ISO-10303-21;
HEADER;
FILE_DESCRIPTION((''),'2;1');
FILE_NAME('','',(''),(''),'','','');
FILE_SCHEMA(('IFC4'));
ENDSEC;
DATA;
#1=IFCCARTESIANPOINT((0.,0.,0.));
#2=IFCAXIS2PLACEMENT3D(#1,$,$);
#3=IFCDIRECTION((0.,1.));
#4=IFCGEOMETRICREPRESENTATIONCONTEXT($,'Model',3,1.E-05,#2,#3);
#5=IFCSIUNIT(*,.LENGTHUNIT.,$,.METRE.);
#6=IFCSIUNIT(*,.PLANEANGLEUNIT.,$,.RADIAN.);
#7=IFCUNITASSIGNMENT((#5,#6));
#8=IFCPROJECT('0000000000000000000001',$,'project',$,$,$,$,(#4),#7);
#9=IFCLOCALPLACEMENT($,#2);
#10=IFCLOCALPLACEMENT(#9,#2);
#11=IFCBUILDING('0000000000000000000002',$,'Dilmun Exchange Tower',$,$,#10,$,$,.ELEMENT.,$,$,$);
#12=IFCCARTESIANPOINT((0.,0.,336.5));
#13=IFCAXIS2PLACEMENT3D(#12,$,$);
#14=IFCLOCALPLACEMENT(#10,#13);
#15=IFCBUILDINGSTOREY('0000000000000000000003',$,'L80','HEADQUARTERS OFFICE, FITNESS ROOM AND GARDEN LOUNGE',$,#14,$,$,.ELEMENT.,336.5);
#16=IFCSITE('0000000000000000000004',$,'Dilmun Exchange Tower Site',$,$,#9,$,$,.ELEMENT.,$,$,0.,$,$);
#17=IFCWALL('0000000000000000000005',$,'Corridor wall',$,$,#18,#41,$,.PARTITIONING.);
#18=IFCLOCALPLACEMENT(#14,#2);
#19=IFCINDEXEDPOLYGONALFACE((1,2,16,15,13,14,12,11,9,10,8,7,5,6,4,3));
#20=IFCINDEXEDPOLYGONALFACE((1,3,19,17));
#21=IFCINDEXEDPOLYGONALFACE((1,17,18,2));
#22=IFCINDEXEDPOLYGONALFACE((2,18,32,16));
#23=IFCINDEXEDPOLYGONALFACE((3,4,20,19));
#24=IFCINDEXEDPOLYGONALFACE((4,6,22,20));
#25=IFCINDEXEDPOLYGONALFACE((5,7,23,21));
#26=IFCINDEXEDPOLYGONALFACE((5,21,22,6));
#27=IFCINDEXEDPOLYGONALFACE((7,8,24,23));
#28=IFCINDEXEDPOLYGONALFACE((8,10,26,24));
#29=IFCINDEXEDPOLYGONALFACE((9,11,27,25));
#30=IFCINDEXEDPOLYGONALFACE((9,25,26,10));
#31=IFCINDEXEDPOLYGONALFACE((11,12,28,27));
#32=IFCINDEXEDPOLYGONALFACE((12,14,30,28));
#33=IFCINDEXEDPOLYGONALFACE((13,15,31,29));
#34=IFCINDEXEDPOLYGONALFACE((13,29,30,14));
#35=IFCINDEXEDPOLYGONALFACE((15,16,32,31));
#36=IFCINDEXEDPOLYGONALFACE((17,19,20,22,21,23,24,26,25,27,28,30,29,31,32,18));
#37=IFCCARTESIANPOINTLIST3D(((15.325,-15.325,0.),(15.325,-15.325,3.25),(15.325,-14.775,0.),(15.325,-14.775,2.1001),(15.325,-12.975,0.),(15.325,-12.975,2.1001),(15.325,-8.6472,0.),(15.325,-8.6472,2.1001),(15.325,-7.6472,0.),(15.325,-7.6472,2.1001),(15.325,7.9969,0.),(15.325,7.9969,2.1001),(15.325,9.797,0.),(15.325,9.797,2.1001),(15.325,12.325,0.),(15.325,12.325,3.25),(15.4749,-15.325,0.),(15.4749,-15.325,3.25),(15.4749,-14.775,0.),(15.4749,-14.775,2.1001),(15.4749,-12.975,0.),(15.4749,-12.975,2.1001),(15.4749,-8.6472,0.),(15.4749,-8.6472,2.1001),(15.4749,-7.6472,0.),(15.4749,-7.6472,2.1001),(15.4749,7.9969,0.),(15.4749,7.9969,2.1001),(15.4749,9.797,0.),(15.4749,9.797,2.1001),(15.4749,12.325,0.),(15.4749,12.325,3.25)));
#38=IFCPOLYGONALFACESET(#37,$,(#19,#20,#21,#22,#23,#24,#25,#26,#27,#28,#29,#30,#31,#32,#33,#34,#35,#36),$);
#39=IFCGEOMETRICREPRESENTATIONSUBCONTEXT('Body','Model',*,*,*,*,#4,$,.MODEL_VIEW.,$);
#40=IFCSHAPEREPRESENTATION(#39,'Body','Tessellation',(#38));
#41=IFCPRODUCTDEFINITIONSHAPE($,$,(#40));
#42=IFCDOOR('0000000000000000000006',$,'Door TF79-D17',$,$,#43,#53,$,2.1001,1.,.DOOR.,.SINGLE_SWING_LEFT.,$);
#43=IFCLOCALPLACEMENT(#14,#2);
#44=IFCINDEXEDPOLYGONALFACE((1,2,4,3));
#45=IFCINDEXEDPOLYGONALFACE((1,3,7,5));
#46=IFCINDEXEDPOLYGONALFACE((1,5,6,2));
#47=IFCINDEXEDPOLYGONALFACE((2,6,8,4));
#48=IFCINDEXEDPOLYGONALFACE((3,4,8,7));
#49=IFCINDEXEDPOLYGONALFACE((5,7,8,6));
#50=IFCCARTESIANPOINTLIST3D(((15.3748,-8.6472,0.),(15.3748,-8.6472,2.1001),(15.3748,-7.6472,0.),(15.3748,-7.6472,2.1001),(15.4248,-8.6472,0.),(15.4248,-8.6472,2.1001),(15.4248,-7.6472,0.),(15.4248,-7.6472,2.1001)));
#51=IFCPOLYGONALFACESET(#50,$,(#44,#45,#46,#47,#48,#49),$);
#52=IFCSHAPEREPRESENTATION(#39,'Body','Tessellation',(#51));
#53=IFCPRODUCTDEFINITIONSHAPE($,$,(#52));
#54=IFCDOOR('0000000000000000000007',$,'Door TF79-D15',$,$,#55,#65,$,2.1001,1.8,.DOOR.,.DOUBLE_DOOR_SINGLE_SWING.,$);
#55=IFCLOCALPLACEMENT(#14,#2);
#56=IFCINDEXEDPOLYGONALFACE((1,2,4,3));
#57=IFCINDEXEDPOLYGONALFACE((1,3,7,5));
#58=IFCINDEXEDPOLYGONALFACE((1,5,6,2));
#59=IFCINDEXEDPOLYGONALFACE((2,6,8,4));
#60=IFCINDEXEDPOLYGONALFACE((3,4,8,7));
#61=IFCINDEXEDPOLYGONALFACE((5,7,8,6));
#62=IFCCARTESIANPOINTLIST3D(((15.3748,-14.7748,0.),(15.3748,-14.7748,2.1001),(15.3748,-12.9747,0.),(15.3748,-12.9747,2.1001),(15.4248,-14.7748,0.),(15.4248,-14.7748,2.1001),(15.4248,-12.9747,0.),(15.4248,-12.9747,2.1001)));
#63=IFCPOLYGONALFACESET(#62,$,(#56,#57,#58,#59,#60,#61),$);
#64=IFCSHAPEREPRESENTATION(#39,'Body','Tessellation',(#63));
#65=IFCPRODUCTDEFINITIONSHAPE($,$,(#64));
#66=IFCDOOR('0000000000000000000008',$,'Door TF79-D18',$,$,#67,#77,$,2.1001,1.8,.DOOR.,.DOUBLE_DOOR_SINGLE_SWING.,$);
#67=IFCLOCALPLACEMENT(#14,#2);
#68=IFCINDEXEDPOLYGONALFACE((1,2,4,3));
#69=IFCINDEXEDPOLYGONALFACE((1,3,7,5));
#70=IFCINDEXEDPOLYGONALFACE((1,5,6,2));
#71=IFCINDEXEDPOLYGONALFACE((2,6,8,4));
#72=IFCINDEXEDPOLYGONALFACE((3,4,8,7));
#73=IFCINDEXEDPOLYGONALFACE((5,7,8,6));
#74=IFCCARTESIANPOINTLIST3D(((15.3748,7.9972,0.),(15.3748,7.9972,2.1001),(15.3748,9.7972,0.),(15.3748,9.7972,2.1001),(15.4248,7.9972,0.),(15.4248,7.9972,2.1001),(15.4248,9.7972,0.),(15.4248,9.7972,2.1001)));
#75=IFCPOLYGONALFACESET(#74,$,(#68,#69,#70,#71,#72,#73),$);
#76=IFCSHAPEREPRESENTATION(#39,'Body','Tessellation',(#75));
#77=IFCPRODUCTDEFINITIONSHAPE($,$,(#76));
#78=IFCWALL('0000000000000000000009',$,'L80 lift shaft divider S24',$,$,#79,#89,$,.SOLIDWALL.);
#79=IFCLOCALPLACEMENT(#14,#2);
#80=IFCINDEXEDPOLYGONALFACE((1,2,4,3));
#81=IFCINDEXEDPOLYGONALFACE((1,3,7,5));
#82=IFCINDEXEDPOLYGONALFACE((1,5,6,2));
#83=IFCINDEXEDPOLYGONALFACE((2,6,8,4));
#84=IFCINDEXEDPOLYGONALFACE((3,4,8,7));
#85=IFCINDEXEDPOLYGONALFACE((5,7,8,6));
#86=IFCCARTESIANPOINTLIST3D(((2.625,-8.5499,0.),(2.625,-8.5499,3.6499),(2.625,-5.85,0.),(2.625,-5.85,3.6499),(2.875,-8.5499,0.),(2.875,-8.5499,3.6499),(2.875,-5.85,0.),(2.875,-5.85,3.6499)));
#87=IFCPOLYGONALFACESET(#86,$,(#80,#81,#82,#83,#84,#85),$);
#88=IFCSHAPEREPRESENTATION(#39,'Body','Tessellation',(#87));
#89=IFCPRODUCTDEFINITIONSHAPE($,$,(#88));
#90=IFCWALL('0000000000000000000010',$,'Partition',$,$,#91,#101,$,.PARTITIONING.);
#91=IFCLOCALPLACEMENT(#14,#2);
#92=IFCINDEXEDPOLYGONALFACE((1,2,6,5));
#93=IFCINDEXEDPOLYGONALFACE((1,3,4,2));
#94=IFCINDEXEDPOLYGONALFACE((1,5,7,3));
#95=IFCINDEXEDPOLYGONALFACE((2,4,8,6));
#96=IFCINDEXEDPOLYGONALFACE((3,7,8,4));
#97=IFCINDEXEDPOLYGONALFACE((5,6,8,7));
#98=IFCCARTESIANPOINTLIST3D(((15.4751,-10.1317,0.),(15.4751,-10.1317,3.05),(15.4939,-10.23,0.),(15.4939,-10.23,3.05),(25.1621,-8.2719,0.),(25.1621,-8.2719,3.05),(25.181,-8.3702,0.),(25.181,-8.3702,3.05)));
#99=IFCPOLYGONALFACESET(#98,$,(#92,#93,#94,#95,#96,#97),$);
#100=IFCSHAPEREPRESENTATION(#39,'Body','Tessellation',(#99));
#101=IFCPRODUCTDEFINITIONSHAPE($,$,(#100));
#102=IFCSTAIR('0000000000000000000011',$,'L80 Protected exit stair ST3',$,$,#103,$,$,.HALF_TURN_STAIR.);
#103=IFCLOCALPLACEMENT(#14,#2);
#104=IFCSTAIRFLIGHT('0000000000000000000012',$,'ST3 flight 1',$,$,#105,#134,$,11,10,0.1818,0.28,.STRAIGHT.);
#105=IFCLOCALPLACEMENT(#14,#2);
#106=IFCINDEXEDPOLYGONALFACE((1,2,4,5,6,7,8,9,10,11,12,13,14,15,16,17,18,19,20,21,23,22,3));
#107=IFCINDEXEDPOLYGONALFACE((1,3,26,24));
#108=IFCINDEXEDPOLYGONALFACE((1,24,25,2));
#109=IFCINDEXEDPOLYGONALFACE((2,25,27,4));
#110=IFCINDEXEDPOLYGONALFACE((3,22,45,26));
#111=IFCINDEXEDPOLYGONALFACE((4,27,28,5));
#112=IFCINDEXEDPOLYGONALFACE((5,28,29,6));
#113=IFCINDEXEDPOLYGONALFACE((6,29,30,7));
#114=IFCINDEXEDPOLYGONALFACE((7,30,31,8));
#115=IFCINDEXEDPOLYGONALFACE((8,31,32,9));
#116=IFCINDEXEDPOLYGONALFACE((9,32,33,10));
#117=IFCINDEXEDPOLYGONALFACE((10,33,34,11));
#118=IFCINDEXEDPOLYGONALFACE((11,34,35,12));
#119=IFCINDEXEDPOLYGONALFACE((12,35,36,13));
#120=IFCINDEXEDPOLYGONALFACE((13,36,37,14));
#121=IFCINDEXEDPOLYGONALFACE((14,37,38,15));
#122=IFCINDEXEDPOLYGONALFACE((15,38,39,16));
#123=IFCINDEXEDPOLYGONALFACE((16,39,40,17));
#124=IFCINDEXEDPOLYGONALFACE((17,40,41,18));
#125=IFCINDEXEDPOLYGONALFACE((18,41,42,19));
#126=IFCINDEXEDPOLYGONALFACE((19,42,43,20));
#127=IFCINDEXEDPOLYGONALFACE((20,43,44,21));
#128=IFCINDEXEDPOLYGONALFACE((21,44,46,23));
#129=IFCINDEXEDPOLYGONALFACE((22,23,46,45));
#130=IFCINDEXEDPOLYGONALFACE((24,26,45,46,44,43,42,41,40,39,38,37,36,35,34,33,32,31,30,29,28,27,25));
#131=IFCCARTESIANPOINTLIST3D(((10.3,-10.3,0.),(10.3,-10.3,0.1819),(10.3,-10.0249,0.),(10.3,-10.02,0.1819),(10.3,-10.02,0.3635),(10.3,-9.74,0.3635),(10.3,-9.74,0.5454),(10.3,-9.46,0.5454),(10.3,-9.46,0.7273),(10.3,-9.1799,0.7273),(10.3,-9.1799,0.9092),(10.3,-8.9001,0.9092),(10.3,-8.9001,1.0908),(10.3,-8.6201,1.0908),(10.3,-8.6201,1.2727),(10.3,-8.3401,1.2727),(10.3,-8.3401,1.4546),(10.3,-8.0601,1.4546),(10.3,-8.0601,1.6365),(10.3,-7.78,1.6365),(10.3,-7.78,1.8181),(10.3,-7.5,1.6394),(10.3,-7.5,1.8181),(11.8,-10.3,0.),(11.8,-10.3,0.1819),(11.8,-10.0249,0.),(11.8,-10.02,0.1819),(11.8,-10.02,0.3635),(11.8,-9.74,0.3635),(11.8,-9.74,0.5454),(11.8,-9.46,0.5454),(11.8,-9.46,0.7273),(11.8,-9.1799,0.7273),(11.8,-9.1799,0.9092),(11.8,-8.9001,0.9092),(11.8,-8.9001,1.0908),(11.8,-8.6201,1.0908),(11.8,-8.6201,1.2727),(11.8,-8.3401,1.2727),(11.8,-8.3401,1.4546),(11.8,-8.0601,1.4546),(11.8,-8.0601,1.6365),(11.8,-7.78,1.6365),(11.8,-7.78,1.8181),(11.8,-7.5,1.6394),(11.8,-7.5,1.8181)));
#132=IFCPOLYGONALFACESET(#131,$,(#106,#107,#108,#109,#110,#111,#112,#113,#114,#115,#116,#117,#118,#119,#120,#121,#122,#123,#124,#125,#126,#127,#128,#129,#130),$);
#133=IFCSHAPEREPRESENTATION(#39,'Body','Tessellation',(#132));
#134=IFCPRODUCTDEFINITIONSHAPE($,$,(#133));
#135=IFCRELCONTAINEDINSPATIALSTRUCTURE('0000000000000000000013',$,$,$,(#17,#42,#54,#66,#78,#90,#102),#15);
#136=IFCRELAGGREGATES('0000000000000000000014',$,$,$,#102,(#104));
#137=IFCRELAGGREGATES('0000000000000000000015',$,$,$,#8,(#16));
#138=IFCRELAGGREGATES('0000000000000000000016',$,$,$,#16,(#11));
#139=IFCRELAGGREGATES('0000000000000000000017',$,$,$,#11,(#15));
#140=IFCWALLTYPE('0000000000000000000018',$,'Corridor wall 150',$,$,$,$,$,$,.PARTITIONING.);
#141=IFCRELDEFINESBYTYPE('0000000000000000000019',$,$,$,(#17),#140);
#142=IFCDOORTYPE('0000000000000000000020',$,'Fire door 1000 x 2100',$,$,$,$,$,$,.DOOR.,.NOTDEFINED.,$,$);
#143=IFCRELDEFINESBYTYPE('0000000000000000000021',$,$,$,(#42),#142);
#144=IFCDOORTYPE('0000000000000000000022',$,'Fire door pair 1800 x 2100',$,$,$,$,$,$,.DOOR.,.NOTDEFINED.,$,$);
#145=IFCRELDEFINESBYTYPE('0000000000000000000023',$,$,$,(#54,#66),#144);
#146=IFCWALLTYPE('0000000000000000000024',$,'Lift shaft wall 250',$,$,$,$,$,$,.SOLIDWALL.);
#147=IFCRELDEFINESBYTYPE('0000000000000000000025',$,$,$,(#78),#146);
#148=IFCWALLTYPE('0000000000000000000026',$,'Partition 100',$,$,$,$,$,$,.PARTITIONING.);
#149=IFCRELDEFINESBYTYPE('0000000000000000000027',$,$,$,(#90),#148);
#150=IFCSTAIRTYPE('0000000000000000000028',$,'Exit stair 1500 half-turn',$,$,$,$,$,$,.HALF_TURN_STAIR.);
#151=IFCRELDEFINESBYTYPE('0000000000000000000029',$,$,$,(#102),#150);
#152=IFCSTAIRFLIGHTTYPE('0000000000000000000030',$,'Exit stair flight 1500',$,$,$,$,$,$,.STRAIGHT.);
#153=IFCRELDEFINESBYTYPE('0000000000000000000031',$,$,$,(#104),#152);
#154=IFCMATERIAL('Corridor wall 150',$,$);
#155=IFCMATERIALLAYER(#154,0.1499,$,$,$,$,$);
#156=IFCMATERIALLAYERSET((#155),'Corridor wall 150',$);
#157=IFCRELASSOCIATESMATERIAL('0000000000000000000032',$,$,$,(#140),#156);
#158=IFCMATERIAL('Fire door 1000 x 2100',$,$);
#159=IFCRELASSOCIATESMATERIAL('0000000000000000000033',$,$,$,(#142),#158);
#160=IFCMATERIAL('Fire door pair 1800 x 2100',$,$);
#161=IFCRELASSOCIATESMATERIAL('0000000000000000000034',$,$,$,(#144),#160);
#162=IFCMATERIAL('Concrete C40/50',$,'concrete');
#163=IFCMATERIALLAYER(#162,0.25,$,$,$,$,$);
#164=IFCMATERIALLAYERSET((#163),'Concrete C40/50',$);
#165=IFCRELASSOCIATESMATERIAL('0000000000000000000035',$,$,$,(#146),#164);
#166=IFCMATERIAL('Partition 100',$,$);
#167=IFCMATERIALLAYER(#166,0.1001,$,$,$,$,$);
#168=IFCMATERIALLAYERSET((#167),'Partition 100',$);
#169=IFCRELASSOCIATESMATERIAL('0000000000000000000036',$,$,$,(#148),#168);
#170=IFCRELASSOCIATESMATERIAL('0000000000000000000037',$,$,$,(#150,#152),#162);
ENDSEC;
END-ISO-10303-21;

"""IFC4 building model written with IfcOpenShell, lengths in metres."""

from ifc_helpers import new_model, si_unit, direction, frame, frame_2d, origin, place, context, subcontext, project, spatial, polyline, rectangle, outline, extrude, material, layer, layer_set, type_object, element, fill, aggregate, save


model = new_model("IFC4")

# Units and contexts
model_context = context("Model", 3, precision=1e-05, world=origin(), true_north=direction((0.0, 1.0)))
body_context = subcontext(model_context, "Body", "Model", "MODEL_VIEW")
ifc_project = project(units=[si_unit("LENGTHUNIT", "METRE"), si_unit("PLANEANGLEUNIT", "RADIAN")], contexts=[model_context])

# Site, building, storey
site_placement = place(None, origin())
site = spatial("IfcSite", under=ifc_project, at=site_placement, Name="Dilmun Exchange Tower Site", CompositionType="ELEMENT", RefElevation=0.0)
building_placement = place(site_placement, origin())
building = spatial("IfcBuilding", under=site, at=building_placement, Name="Dilmun Exchange Tower", CompositionType="ELEMENT")
storey_placement = place(building_placement, frame((0.0, 0.0, 336.5)))
storey = spatial("IfcBuildingStorey", under=building, at=storey_placement, Name="L80", Description="HEADQUARTERS OFFICE, FITNESS ROOM AND GARDEN LOUNGE", CompositionType="ELEMENT", Elevation=336.5)

# Shared definitions
ifc_material_1 = material(Name="Concrete C40/50", Category="concrete")

# Shared definitions
ifc_material_2 = material(Name="Corridor wall 150")
ifc_layer_1 = layer(ifc_material_2, 0.1499)
ifc_layer_set_1 = layer_set([ifc_layer_1], Name="Corridor wall 150")
wall_type_1 = type_object("IfcWallType", Name="Corridor wall 150", PredefinedType="PARTITIONING", material=ifc_layer_set_1)
ifc_material_3 = material(Name="Fire door 1000 x 2100")
door_type_1 = type_object("IfcDoorType", Name="Fire door 1000 x 2100", OperationType="NOTDEFINED", PredefinedType="DOOR", material=ifc_material_3)

# Wall, openings, doors
wall_1_placement = place(storey_placement, frame((15.3999, -15.325, 0.0), z_axis=(0.0, 0.0, 1.0), x_axis=(0.0, 1.0, 0.0)))
wall_1 = element("IfcWall", 1, at=wall_1_placement, inside=storey, type_object=wall_type_1, Name="Corridor wall", PredefinedType="PARTITIONING", context=body_context, shape_type="SweptSolid", body=[
    extrude(rectangle(XDim=27.6499, YDim=0.1499, at=frame_2d((13.825, 0.0))), origin(), (0.0, 0.0, 1.0), 3.25),
])
opening_1_placement = place(wall_1_placement, frame((0.55, 0.0, 0.0)))
opening_1 = element("IfcOpeningElement", 2, at=opening_1_placement, cuts=wall_1, PredefinedType="OPENING", context=body_context, shape_type="SweptSolid", body=[
    extrude(rectangle(XDim=1.8, YDim=2.1001, at=frame_2d((0.8999, 1.05))), frame((0.0, 0.085, 0.0), z_axis=(0.0, -1.0, 0.0), x_axis=(1.0, 0.0, 0.0)), (0.0, 0.0, 1.0), 0.1699),
])
opening_2_placement = place(wall_1_placement, frame((6.6777, 0.0, 0.0)))
opening_2 = element("IfcOpeningElement", 3, at=opening_2_placement, cuts=wall_1, PredefinedType="OPENING", context=body_context, shape_type="SweptSolid", body=[
    extrude(rectangle(XDim=1.0, YDim=2.1001, at=frame_2d((0.5, 1.05))), frame((0.0, 0.085, 0.0), z_axis=(0.0, -1.0, 0.0), x_axis=(1.0, 0.0, 0.0)), (0.0, 0.0, 1.0), 0.1699),
])
opening_3_placement = place(wall_1_placement, frame((23.322, 0.0, 0.0)))
opening_3 = element("IfcOpeningElement", 4, at=opening_3_placement, cuts=wall_1, PredefinedType="OPENING", context=body_context, shape_type="SweptSolid", body=[
    extrude(rectangle(XDim=1.8, YDim=2.1001, at=frame_2d((0.8999, 1.05))), frame((0.0, 0.085, 0.0), z_axis=(0.0, -1.0, 0.0), x_axis=(1.0, 0.0, 0.0)), (0.0, 0.0, 1.0), 0.1699),
])
door_1_placement = place(opening_2_placement, frame((1.0, 0.0, 0.0), z_axis=(0.0, 0.0, 1.0), x_axis=(-1.0, 0.0, 0.0)))
door_1 = element("IfcDoor", 5, at=door_1_placement, inside=storey, type_object=door_type_1, Name="Door TF79-D17", OperationType="SINGLE_SWING_LEFT", OverallHeight=2.1001, OverallWidth=1.0, PredefinedType="DOOR", context=body_context, shape_type="SweptSolid", body=[
    extrude(rectangle(XDim=1.0, YDim=2.1001, at=frame_2d((0.5, 1.05))), frame((0.0, 0.0249, 0.0), z_axis=(0.0, -1.0, 0.0), x_axis=(1.0, 0.0, 0.0)), (0.0, 0.0, 1.0), 0.05),
])
fill(opening_2, door_1)
ifc_material_4 = material(Name="Fire door pair 1800 x 2100")
door_type_2 = type_object("IfcDoorType", Name="Fire door pair 1800 x 2100", OperationType="NOTDEFINED", PredefinedType="DOOR", material=ifc_material_4)
door_2_placement = place(opening_1_placement, frame((1.8, 0.0, 0.0), z_axis=(0.0, 0.0, 1.0), x_axis=(-1.0, 0.0, 0.0)))
door_2 = element("IfcDoor", 6, at=door_2_placement, inside=storey, type_object=door_type_2, Name="Door TF79-D15", OperationType="DOUBLE_DOOR_SINGLE_SWING", OverallHeight=2.1001, OverallWidth=1.8, PredefinedType="DOOR", context=body_context, shape_type="SweptSolid", body=[
    extrude(rectangle(XDim=1.8, YDim=2.1001, at=frame_2d((0.8999, 1.05))), frame((0.0, 0.0249, 0.0), z_axis=(0.0, -1.0, 0.0), x_axis=(1.0, 0.0, 0.0)), (0.0, 0.0, 1.0), 0.05),
])
fill(opening_1, door_2)
door_3_placement = place(opening_3_placement, frame((1.8, 0.0, 0.0), z_axis=(0.0, 0.0, 1.0), x_axis=(-1.0, 0.0, 0.0)))
door_3 = element("IfcDoor", 7, at=door_3_placement, inside=storey, type_object=door_type_2, Name="Door TF79-D18", OperationType="DOUBLE_DOOR_SINGLE_SWING", OverallHeight=2.1001, OverallWidth=1.8, PredefinedType="DOOR", context=body_context, shape_type="SweptSolid", body=[
    extrude(rectangle(XDim=1.8, YDim=2.1001, at=frame_2d((0.8999, 1.05))), frame((0.0, 0.0249, 0.0), z_axis=(0.0, -1.0, 0.0), x_axis=(1.0, 0.0, 0.0)), (0.0, 0.0, 1.0), 0.05),
])
fill(opening_3, door_3)

# Walls
ifc_layer_2 = layer(ifc_material_1, 0.25)
ifc_layer_set_2 = layer_set([ifc_layer_2], Name="Concrete C40/50")
wall_type_2 = type_object("IfcWallType", Name="Lift shaft wall 250", PredefinedType="SOLIDWALL", material=ifc_layer_set_2)
wall_2_placement = place(storey_placement, frame((2.75, -8.55, 0.0), z_axis=(0.0, 0.0, 1.0), x_axis=(0.0, 1.0, 0.0)))
element("IfcWall", 8, at=wall_2_placement, inside=storey, type_object=wall_type_2, Name="L80 lift shaft divider S24", PredefinedType="SOLIDWALL", context=body_context, shape_type="SweptSolid", body=[
    extrude(rectangle(XDim=2.7, YDim=0.25, at=frame_2d((1.3501, 0.0))), origin(), (0.0, 0.0, 1.0), 3.6499),
])
ifc_material_5 = material(Name="Partition 100")
ifc_layer_3 = layer(ifc_material_5, 0.1001)
ifc_layer_set_3 = layer_set([ifc_layer_3], Name="Partition 100")
wall_type_3 = type_object("IfcWallType", Name="Partition 100", PredefinedType="PARTITIONING", material=ifc_layer_set_3)
wall_3_placement = place(storey_placement, frame((15.4844, -10.1809, 0.0), z_axis=(0.0, 0.0, 1.0), x_axis=(0.982063, 0.188552, 0.0)))
element("IfcWall", 9, at=wall_3_placement, inside=storey, type_object=wall_type_3, Name="Partition", PredefinedType="PARTITIONING", context=body_context, shape_type="SweptSolid", body=[
    extrude(rectangle(XDim=9.864, YDim=0.1001, at=frame_2d((4.9321, 0.0))), origin(), (0.0, 0.0, 1.0), 3.05),
])

# Stair, stair flight
stair_type = type_object("IfcStairType", Name="Exit stair 1500 half-turn", PredefinedType="HALF_TURN_STAIR", material=ifc_material_1)
stair_placement = place(storey_placement, origin())
stair = element("IfcStair", 10, at=stair_placement, inside=storey, type_object=stair_type, Name="L80 Protected exit stair ST3", PredefinedType="HALF_TURN_STAIR")
stair_flight_type = type_object("IfcStairFlightType", Name="Exit stair flight 1500", PredefinedType="STRAIGHT", material=ifc_material_1)
stair_flight_placement = place(storey_placement, frame((11.05, -10.3, 0.0), z_axis=(0.0, 0.0, 1.0), x_axis=(0.0, 1.0, 0.0)))
stair_flight = element("IfcStairFlight", 11, at=stair_flight_placement, type_object=stair_flight_type, Name="ST3 flight 1", NumberOfRisers=11, NumberOfTreads=10, PredefinedType="STRAIGHT", RiserHeight=0.1818, TreadLength=0.28, context=body_context, shape_type="SweptSolid", body=[
    extrude(outline(polyline([(0.0, 0.0), (0.0, 0.1819), (0.28, 0.1819), (0.28, 0.3635), (0.5601, 0.3635), (0.5601, 0.5454), (0.8401, 0.5454), (0.8401, 0.7273), (1.1201, 0.7273), (1.1201, 0.9092), (1.3999, 0.9092), (1.3999, 1.0908), (1.6799, 1.0908), (1.6799, 1.2727), (1.96, 1.2727), (1.96, 1.4546), (2.24, 1.4546), (2.24, 1.6365), (2.52, 1.6365), (2.52, 1.8181), (2.8, 1.8181), (2.8, 2.0), (2.8, 1.6394), (0.2751, 0.0), (0.0, 0.0)])), frame((0.0, 0.75, 0.0), z_axis=(0.0, -1.0, 0.0), x_axis=(1.0, 0.0, 0.0)), (0.0, 0.0, 1.0), 1.5),
])
aggregate(stair, [stair_flight])

save(model, "model.ifc")
